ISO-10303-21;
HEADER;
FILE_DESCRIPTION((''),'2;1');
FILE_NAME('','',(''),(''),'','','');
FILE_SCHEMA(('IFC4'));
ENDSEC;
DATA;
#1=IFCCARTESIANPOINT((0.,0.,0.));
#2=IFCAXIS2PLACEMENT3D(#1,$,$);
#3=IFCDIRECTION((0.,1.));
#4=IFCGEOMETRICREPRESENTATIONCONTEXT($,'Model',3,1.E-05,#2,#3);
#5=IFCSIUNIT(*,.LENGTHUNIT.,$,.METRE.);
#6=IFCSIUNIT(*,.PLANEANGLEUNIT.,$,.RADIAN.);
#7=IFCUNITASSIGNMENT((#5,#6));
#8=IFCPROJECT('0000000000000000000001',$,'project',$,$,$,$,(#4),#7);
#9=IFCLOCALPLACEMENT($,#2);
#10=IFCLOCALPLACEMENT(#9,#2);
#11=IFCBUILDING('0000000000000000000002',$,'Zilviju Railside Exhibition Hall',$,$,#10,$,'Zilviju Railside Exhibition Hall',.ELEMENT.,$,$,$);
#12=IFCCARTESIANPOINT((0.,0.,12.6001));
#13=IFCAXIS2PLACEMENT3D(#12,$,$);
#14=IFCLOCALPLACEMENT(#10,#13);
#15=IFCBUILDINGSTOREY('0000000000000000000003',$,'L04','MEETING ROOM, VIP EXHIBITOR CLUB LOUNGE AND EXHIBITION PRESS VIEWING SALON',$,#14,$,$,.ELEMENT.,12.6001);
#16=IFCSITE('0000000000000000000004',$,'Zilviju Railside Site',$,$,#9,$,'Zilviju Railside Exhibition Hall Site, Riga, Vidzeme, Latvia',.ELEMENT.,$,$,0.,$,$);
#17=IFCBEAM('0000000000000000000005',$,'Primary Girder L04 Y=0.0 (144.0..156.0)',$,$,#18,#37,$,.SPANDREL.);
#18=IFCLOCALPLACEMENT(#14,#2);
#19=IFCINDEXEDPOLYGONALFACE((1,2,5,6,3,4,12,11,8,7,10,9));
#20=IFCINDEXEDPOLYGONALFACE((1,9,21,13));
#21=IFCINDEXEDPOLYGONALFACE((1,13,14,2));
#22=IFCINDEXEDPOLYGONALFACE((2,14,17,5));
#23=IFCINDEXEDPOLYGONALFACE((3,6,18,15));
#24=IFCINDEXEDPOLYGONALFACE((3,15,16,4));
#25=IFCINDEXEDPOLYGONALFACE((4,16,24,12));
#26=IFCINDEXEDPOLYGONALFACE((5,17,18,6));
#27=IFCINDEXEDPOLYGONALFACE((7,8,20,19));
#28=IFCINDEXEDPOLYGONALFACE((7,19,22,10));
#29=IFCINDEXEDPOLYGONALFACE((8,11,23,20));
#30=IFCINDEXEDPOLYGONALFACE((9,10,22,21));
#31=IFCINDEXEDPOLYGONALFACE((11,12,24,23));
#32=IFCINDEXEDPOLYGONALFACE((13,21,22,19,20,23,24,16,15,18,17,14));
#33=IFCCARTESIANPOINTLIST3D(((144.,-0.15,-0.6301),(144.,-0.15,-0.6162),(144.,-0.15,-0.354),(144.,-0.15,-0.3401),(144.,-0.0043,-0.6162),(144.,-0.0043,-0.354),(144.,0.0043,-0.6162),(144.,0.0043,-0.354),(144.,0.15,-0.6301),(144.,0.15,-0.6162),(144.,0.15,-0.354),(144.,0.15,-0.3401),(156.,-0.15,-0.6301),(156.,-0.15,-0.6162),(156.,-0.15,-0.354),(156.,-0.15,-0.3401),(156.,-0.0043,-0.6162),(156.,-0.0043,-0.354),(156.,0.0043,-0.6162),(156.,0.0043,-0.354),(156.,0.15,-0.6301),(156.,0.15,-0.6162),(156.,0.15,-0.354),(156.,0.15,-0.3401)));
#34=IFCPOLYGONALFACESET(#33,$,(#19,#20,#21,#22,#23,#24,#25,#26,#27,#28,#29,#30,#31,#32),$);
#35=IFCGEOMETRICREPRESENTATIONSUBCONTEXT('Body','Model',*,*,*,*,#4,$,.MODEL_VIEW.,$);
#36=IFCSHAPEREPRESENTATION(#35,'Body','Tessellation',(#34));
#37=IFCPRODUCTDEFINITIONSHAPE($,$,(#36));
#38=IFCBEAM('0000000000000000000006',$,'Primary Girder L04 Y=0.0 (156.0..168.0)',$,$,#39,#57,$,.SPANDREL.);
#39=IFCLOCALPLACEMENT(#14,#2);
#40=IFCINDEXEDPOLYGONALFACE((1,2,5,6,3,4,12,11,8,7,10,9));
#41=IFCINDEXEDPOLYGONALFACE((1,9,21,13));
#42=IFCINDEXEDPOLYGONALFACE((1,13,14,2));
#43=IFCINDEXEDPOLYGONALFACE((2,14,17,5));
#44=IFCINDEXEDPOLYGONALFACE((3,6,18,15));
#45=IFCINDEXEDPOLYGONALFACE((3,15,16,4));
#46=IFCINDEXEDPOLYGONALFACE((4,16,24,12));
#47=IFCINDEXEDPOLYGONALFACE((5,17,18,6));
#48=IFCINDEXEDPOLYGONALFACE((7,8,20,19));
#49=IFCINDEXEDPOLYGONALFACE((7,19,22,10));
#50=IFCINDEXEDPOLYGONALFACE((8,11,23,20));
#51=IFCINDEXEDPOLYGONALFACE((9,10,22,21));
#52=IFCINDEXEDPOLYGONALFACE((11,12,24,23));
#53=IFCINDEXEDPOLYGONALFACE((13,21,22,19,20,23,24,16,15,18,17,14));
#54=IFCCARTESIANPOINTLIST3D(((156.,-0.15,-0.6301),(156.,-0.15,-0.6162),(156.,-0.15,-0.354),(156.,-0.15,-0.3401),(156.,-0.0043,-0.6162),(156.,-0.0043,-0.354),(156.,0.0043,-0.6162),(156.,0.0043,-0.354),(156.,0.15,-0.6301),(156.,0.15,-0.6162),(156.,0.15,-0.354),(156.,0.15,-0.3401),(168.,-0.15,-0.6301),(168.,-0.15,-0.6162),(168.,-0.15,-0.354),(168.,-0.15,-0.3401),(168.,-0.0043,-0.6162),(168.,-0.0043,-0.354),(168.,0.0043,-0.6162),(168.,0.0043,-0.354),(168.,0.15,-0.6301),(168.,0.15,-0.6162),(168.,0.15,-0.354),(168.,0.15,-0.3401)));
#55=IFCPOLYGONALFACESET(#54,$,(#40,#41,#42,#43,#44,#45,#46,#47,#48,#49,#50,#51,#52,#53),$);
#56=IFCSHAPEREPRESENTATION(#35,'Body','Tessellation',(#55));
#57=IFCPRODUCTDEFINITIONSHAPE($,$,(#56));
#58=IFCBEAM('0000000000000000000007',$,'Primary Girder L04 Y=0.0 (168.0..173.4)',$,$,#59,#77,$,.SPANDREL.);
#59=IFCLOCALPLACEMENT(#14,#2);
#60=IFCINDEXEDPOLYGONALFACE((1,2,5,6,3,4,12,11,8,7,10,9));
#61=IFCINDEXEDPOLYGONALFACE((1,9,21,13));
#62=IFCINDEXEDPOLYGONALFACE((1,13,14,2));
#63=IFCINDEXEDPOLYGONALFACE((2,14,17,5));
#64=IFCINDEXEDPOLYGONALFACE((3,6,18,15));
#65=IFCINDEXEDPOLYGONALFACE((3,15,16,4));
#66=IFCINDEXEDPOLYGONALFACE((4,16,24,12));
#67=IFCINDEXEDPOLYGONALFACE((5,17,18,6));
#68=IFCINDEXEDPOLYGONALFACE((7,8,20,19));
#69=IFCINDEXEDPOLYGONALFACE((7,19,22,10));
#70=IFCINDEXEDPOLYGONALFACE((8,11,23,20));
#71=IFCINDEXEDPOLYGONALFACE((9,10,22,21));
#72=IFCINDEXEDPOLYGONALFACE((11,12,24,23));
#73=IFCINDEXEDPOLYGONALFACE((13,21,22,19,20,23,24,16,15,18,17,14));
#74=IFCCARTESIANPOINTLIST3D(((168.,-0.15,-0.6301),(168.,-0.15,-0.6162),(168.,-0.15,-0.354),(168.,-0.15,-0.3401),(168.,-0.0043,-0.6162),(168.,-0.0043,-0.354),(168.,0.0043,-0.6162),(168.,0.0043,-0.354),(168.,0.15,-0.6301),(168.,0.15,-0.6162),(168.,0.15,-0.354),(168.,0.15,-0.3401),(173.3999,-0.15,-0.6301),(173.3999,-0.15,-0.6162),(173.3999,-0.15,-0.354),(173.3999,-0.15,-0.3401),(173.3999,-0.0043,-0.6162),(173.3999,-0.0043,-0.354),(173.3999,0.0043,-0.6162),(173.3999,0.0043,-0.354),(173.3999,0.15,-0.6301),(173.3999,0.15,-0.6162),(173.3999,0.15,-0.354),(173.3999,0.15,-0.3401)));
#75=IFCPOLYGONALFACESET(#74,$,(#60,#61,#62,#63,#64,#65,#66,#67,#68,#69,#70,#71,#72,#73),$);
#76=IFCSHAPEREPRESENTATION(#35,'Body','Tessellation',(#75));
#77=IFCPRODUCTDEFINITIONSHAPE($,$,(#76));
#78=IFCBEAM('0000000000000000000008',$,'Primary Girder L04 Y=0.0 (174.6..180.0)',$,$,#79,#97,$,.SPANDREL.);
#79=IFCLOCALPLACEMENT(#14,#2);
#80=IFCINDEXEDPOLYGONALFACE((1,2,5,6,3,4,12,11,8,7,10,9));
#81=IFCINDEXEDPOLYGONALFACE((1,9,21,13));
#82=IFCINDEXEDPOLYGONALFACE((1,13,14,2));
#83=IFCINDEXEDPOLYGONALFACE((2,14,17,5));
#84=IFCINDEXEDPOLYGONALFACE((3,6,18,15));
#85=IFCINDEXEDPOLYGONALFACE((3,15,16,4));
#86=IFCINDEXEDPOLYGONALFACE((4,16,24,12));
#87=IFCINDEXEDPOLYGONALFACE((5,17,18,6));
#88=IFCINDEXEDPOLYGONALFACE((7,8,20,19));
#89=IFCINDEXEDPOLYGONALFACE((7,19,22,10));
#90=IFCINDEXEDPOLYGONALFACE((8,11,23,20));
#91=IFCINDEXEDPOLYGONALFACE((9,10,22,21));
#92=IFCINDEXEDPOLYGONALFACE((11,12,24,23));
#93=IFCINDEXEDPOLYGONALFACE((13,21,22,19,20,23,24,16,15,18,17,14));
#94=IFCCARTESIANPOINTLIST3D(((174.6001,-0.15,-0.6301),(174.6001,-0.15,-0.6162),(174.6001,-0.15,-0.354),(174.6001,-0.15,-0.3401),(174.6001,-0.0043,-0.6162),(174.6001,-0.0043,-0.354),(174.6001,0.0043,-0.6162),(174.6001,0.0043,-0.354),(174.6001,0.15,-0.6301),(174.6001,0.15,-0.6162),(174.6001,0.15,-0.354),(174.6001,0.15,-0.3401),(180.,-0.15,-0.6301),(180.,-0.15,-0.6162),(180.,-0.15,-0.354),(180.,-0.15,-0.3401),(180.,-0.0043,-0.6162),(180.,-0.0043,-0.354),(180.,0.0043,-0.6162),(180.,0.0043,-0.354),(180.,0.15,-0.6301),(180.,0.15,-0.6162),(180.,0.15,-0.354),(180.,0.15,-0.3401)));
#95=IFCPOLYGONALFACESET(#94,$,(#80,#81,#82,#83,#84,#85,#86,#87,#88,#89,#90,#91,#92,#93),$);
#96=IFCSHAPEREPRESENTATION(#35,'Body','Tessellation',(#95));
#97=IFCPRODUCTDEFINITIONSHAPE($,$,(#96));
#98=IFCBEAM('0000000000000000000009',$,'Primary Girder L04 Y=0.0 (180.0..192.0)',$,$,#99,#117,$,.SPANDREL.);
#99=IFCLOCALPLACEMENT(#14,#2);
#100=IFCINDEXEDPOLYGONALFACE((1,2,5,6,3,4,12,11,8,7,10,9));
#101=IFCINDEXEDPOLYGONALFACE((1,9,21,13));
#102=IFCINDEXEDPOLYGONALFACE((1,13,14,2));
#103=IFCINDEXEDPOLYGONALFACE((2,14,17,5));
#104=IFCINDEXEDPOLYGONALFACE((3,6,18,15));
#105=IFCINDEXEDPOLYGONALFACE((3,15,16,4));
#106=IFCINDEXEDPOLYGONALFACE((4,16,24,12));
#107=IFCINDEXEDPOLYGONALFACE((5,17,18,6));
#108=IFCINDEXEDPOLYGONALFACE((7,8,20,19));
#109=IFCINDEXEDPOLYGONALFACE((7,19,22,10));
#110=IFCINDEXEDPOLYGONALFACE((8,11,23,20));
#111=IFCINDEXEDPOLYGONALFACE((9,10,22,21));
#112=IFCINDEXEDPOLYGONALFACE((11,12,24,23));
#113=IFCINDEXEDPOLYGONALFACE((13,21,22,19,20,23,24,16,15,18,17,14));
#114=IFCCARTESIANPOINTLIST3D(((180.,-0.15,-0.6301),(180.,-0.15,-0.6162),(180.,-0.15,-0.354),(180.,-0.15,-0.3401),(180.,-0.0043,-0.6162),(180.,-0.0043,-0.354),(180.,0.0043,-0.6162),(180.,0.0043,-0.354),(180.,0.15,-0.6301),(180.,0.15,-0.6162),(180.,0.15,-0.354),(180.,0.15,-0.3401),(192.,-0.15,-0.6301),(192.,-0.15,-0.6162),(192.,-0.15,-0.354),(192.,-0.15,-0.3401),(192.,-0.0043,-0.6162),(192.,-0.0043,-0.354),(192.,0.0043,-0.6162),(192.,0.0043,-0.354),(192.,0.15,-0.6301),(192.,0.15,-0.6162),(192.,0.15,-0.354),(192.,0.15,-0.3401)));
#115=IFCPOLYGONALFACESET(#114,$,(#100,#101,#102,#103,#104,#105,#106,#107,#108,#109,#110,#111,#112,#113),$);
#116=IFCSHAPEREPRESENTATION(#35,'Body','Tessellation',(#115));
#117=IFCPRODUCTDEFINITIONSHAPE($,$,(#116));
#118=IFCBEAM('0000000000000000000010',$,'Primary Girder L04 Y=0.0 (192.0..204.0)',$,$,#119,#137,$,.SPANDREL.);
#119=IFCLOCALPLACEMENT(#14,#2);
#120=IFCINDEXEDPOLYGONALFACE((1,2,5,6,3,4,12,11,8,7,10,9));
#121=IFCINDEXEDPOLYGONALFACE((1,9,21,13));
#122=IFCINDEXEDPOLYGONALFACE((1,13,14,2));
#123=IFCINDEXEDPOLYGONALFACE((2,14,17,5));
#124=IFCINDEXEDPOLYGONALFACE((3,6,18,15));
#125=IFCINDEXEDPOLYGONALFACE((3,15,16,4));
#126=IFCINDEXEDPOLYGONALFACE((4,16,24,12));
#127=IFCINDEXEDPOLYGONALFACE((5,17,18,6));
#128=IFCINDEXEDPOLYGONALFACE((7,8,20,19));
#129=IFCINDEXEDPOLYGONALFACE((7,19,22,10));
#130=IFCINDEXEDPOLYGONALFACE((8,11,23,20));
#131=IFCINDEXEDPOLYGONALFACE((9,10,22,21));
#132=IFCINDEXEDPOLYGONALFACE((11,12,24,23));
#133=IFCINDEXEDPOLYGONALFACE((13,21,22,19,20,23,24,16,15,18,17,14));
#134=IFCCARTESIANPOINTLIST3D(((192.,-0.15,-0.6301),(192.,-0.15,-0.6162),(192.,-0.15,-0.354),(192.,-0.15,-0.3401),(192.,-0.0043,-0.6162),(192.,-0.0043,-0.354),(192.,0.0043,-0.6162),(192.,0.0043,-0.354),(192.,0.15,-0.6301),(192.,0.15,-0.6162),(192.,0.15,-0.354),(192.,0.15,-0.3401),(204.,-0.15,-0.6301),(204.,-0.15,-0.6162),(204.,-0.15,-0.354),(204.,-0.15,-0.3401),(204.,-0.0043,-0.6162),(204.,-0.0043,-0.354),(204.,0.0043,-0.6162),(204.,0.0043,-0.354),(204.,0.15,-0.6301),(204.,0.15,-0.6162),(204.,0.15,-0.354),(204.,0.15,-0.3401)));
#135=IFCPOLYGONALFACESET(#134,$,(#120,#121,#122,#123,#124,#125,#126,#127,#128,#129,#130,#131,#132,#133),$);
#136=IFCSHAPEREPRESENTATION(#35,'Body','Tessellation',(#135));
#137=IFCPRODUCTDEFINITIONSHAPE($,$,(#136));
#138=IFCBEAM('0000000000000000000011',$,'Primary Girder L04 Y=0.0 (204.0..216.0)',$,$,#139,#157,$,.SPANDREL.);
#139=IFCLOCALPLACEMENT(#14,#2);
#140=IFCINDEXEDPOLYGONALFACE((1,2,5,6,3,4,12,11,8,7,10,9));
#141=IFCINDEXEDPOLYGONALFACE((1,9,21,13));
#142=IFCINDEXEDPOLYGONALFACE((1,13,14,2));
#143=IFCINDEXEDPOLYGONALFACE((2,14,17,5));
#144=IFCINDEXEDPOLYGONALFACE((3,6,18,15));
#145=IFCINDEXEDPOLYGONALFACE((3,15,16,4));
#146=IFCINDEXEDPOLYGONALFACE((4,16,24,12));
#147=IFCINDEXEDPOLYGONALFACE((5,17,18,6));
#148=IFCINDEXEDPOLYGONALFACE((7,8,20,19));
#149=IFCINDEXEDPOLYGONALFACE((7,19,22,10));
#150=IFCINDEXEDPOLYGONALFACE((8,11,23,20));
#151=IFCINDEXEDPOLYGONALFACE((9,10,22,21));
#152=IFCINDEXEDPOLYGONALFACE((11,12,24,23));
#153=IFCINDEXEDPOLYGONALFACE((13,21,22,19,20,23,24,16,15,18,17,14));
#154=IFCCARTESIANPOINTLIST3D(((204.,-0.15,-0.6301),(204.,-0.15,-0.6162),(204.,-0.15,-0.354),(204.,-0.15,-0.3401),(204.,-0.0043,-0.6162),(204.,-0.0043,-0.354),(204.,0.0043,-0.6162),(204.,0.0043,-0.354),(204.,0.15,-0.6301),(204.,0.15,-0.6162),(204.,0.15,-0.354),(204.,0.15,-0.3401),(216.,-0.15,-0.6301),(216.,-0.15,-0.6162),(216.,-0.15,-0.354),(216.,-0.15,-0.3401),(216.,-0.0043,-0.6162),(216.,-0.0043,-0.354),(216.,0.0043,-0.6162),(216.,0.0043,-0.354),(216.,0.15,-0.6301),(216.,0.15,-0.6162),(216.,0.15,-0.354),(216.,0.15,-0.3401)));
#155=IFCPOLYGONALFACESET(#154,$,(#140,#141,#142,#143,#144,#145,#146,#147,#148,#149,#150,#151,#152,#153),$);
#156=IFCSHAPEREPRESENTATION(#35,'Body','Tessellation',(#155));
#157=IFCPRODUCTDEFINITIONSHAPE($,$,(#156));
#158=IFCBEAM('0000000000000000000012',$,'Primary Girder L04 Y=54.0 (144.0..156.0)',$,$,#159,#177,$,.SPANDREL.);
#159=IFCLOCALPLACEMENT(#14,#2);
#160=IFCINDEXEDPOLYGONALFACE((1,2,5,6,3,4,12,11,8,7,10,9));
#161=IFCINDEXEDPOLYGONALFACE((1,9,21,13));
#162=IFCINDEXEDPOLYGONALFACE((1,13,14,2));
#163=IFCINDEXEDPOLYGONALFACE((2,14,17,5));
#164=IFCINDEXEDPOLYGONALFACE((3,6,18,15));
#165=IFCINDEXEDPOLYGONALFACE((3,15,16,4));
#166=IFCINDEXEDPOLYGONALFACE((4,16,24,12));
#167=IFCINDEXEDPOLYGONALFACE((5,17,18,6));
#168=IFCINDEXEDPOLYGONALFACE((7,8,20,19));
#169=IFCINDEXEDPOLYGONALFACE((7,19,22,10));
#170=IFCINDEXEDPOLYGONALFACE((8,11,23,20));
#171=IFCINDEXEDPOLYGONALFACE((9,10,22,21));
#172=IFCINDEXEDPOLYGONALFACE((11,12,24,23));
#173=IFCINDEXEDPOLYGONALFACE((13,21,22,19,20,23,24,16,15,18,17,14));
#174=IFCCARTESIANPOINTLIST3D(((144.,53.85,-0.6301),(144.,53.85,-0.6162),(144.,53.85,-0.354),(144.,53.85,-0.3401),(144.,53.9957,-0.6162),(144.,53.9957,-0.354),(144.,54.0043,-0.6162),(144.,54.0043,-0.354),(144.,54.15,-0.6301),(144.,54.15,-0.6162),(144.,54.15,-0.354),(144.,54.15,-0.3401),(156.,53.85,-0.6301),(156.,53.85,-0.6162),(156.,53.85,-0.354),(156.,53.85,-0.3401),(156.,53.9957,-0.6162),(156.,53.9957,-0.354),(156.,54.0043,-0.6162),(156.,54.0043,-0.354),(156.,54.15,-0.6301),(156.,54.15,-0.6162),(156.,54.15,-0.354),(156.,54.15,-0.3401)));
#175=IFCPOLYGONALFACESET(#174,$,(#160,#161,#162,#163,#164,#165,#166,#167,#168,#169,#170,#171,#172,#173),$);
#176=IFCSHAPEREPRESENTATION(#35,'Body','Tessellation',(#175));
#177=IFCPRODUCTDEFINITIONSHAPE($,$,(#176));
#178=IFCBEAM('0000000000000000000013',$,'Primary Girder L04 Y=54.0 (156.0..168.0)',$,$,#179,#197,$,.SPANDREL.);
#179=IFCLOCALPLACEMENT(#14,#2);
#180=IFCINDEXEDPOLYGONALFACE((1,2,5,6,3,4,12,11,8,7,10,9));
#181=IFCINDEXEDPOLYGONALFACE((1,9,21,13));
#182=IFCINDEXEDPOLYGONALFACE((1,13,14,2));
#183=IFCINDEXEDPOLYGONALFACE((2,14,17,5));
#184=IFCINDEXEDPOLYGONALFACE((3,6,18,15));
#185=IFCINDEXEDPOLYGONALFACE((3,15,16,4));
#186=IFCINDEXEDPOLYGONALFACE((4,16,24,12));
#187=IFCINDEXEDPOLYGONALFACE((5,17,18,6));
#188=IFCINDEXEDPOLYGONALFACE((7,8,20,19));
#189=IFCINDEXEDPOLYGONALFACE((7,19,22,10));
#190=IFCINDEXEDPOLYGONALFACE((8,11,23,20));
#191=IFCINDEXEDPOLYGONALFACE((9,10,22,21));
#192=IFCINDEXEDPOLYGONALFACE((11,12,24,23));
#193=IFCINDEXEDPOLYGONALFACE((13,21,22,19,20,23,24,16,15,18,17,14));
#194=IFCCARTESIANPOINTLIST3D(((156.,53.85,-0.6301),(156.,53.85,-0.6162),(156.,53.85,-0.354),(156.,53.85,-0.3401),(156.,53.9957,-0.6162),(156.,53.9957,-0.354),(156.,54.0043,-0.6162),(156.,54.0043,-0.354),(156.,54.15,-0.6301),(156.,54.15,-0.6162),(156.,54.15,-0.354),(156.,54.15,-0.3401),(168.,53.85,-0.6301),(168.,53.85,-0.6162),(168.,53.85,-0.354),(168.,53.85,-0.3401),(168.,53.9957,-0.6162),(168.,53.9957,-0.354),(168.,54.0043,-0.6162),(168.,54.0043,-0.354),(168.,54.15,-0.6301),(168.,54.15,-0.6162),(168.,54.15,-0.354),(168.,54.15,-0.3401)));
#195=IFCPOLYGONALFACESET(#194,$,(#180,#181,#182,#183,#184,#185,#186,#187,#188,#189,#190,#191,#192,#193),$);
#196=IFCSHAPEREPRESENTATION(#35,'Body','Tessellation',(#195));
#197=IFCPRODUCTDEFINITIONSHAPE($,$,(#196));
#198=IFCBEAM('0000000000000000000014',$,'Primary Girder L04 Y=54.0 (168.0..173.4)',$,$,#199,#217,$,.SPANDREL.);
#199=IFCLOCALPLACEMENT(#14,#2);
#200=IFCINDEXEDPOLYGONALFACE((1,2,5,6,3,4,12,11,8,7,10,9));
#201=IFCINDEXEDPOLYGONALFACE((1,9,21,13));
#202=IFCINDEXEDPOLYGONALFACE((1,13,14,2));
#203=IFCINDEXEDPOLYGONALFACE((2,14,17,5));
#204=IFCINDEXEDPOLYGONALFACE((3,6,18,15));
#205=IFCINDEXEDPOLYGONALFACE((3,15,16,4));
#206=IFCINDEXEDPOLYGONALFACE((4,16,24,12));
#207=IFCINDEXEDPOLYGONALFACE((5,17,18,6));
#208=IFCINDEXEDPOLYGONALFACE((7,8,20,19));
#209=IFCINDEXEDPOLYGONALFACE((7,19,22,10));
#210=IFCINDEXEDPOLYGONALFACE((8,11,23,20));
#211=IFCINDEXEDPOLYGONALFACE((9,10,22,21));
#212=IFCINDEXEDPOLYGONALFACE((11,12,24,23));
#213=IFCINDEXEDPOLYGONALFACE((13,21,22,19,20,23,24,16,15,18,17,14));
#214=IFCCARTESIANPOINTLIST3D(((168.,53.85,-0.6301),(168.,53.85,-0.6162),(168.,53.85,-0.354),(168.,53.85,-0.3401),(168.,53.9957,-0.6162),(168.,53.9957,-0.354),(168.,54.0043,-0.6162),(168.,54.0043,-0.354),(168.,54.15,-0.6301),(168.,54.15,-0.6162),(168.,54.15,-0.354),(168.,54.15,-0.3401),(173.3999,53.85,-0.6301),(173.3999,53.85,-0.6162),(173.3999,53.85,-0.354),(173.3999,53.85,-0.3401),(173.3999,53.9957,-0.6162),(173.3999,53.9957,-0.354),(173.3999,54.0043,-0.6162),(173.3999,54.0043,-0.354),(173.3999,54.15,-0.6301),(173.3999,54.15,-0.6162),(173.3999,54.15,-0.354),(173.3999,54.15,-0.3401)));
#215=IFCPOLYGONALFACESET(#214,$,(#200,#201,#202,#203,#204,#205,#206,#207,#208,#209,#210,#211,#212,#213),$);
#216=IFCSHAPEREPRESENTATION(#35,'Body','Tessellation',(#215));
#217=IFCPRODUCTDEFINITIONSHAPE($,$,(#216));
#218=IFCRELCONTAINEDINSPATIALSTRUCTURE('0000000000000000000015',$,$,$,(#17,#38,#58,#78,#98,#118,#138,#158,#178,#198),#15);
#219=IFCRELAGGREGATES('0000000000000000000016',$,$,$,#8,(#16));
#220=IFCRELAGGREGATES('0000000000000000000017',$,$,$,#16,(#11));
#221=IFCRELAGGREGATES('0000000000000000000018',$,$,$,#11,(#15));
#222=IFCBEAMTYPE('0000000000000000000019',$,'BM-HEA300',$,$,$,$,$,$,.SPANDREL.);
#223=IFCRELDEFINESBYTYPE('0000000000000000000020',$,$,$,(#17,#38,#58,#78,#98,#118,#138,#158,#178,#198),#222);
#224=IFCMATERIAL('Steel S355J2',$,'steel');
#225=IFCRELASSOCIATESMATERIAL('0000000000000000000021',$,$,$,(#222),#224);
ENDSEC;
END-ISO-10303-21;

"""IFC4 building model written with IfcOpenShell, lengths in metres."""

from ifc_helpers import new_model, si_unit, direction, frame, origin, origin_2d, place, context, subcontext, project, spatial, i_section, extrude, material, material_profile, profile_set, type_object, element, save


model = new_model("IFC4")

# Units and contexts
model_context = context("Model", 3, precision=1e-05, world=origin(), true_north=direction((0.0, 1.0)))
body_context = subcontext(model_context, "Body", "Model", "MODEL_VIEW")
ifc_project = project(units=[si_unit("LENGTHUNIT", "METRE"), si_unit("PLANEANGLEUNIT", "RADIAN")], contexts=[model_context])

# Site, building, storey
site_placement = place(None, origin())
site = spatial("IfcSite", under=ifc_project, at=site_placement, Name="Zilviju Railside Site", LongName="Zilviju Railside Exhibition Hall Site, Riga, Vidzeme, Latvia", CompositionType="ELEMENT", RefElevation=0.0)
building_placement = place(site_placement, origin())
building = spatial("IfcBuilding", under=site, at=building_placement, Name="Zilviju Railside Exhibition Hall", LongName="Zilviju Railside Exhibition Hall", CompositionType="ELEMENT")
storey_placement = place(building_placement, frame((0.0, 0.0, 12.6001)))
storey = spatial("IfcBuildingStorey", under=building, at=storey_placement, Name="L04", Description="MEETING ROOM, VIP EXHIBITOR CLUB LOUNGE AND EXHIBITION PRESS VIEWING SALON", CompositionType="ELEMENT", Elevation=12.6001)

# Beams
ifc_material_1 = material(Name="Steel S355J2", Category="steel")
ifc_material_profile_1 = material_profile(ifc_material_1, i_section(OverallWidth=0.3, OverallDepth=0.29, WebThickness=0.0085, FlangeThickness=0.0139, at=origin_2d()), Name="HEA 300")
ifc_profile_set_1 = profile_set([ifc_material_profile_1], Name="Steel S355J2")
beam_type = type_object("IfcBeamType", Name="BM-HEA300", PredefinedType="SPANDREL", material=ifc_profile_set_1)
for number, where, z_axis, x_axis, name in (
    (1, (144.0, 0.0, -0.4851), (1.0, 0.0, 0.0), (0.0, 1.0, 0.0), "Primary Girder L04 Y=0.0 (144.0..156.0)"),
    (2, (156.0, 0.0, -0.4851), (1.0, 0.0, 0.0), (0.0, 1.0, 0.0), "Primary Girder L04 Y=0.0 (156.0..168.0)"),
):
    element("IfcBeam", number, at=place(storey_placement, frame(where, z_axis=z_axis, x_axis=x_axis)), inside=storey, type_object=beam_type, Name=name, PredefinedType="SPANDREL", context=body_context, shape_type="SweptSolid", body=[
        extrude(i_section(OverallWidth=0.3, OverallDepth=0.29, WebThickness=0.0085, FlangeThickness=0.0139, at=origin_2d()), origin(), (0.0, 0.0, 1.0), 12.0),
    ])
for number, where, z_axis, x_axis, name in (
    (3, (168.0, 0.0, -0.4851), (1.0, 0.0, 0.0), (0.0, 1.0, 0.0), "Primary Girder L04 Y=0.0 (168.0..173.4)"),
    (4, (174.6001, 0.0, -0.4851), (1.0, 0.0, 0.0), (0.0, 1.0, 0.0), "Primary Girder L04 Y=0.0 (174.6..180.0)"),
):
    element("IfcBeam", number, at=place(storey_placement, frame(where, z_axis=z_axis, x_axis=x_axis)), inside=storey, type_object=beam_type, Name=name, PredefinedType="SPANDREL", context=body_context, shape_type="SweptSolid", body=[
        extrude(i_section(OverallWidth=0.3, OverallDepth=0.29, WebThickness=0.0085, FlangeThickness=0.0139, at=origin_2d()), origin(), (0.0, 0.0, 1.0), 5.3999),
    ])
for number, where, z_axis, x_axis, name in (
    (5, (180.0, 0.0, -0.4851), (1.0, 0.0, 0.0), (0.0, 1.0, 0.0), "Primary Girder L04 Y=0.0 (180.0..192.0)"),
    (6, (192.0, 0.0, -0.4851), (1.0, 0.0, 0.0), (0.0, 1.0, 0.0), "Primary Girder L04 Y=0.0 (192.0..204.0)"),
    (7, (204.0, 0.0, -0.4851), (1.0, 0.0, 0.0), (0.0, 1.0, 0.0), "Primary Girder L04 Y=0.0 (204.0..216.0)"),
    (8, (144.0, 54.0, -0.4851), (1.0, 0.0, 0.0), (0.0, 1.0, 0.0), "Primary Girder L04 Y=54.0 (144.0..156.0)"),
    (9, (156.0, 54.0, -0.4851), (1.0, 0.0, 0.0), (0.0, 1.0, 0.0), "Primary Girder L04 Y=54.0 (156.0..168.0)"),
):
    element("IfcBeam", number, at=place(storey_placement, frame(where, z_axis=z_axis, x_axis=x_axis)), inside=storey, type_object=beam_type, Name=name, PredefinedType="SPANDREL", context=body_context, shape_type="SweptSolid", body=[
        extrude(i_section(OverallWidth=0.3, OverallDepth=0.29, WebThickness=0.0085, FlangeThickness=0.0139, at=origin_2d()), origin(), (0.0, 0.0, 1.0), 12.0),
    ])
for number, where, z_axis, x_axis, name in (
    (10, (168.0, 54.0, -0.4851), (1.0, 0.0, 0.0), (0.0, 1.0, 0.0), "Primary Girder L04 Y=54.0 (168.0..173.4)"),
):
    element("IfcBeam", number, at=place(storey_placement, frame(where, z_axis=z_axis, x_axis=x_axis)), inside=storey, type_object=beam_type, Name=name, PredefinedType="SPANDREL", context=body_context, shape_type="SweptSolid", body=[
        extrude(i_section(OverallWidth=0.3, OverallDepth=0.29, WebThickness=0.0085, FlangeThickness=0.0139, at=origin_2d()), origin(), (0.0, 0.0, 1.0), 5.3999),
    ])

save(model, "model.ifc")
